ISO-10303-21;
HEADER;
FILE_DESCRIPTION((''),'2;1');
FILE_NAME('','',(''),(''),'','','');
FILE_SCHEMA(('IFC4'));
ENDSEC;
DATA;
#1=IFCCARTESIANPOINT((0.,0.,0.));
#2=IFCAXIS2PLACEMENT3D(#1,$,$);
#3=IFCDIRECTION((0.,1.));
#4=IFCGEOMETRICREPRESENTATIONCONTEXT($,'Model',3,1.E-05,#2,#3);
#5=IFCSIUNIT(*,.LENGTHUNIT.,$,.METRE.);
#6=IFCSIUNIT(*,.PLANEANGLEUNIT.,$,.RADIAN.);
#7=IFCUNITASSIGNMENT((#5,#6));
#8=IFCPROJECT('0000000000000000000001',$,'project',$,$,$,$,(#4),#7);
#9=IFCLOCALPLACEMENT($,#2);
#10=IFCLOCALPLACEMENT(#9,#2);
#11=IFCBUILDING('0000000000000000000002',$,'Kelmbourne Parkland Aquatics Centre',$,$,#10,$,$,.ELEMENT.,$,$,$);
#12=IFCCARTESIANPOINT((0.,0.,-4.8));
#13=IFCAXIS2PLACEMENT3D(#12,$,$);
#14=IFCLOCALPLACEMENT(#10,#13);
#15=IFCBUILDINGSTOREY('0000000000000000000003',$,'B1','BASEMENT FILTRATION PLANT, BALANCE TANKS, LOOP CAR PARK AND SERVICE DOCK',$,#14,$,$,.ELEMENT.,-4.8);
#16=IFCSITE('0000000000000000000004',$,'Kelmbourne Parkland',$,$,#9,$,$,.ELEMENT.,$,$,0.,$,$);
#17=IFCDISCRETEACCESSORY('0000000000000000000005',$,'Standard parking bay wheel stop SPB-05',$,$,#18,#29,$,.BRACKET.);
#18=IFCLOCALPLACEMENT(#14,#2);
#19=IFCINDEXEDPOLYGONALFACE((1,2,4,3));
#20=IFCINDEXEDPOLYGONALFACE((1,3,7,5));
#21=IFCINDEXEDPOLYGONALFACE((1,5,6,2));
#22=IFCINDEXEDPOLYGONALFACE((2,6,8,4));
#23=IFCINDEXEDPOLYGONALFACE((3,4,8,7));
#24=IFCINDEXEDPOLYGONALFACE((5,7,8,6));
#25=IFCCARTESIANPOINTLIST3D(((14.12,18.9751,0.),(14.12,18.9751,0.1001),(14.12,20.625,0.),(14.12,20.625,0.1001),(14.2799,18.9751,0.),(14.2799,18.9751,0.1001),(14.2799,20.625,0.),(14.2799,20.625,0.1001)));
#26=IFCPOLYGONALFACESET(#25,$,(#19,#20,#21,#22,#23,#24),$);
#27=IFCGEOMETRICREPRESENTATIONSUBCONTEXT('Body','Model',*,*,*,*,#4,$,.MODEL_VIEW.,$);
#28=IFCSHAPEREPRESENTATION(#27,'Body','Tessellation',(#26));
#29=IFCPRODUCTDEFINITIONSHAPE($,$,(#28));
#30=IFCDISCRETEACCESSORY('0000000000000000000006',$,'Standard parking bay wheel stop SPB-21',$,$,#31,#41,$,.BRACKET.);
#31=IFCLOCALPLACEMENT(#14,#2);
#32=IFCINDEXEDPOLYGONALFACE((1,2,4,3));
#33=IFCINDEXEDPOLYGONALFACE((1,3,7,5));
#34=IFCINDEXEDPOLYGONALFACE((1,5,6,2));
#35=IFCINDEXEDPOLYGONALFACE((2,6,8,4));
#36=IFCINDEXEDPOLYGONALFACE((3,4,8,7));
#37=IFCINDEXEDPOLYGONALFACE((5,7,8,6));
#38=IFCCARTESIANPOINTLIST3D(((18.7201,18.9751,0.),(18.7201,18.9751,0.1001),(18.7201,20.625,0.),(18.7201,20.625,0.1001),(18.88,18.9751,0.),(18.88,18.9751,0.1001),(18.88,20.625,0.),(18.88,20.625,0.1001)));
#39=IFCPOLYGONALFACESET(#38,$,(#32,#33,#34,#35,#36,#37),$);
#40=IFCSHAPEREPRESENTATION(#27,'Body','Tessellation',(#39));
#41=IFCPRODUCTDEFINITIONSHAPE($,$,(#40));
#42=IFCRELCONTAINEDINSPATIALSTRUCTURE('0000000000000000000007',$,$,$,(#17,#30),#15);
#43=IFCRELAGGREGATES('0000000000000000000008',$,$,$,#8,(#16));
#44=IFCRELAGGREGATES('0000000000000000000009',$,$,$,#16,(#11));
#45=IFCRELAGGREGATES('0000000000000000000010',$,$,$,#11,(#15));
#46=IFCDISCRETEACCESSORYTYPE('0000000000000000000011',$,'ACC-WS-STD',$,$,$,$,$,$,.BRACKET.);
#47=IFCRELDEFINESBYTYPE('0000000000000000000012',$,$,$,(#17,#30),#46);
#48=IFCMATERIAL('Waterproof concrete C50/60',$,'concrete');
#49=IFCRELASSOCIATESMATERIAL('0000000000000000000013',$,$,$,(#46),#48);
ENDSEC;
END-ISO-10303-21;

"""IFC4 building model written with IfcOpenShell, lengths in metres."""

from ifc_helpers import new_model, si_unit, direction, frame, origin, origin_2d, place, context, subcontext, project, spatial, rectangle, extrude, material, type_object, element, save


model = new_model("IFC4")

# Units and contexts
model_context = context("Model", 3, precision=1e-05, world=origin(), true_north=direction((0.0, 1.0)))
body_context = subcontext(model_context, "Body", "Model", "MODEL_VIEW")
ifc_project = project(units=[si_unit("LENGTHUNIT", "METRE"), si_unit("PLANEANGLEUNIT", "RADIAN")], contexts=[model_context])

# Site, building, storey
site_placement = place(None, origin())
site = spatial("IfcSite", under=ifc_project, at=site_placement, Name="Kelmbourne Parkland", CompositionType="ELEMENT", RefElevation=0.0)
building_placement = place(site_placement, origin())
building = spatial("IfcBuilding", under=site, at=building_placement, Name="Kelmbourne Parkland Aquatics Centre", CompositionType="ELEMENT")
storey_placement = place(building_placement, frame((0.0, 0.0, -4.8)))
storey = spatial("IfcBuildingStorey", under=building, at=storey_placement, Name="B1", Description="BASEMENT FILTRATION PLANT, BALANCE TANKS, LOOP CAR PARK AND SERVICE DOCK", CompositionType="ELEMENT", Elevation=-4.8)

# Shared definitions
ifc_material_1 = material(Name="Waterproof concrete C50/60", Category="concrete")

# Discrete accessories
discrete_accessory_type = type_object("IfcDiscreteAccessoryType", Name="ACC-WS-STD", PredefinedType="BRACKET", material=ifc_material_1)
for number, where, z_axis, x_axis, name in (
    (1, (14.2, 19.8, 0.0), (0.0, 0.0, 1.0), (1.0, 0.0, 0.0), "Standard parking bay wheel stop SPB-05"),
    (2, (18.8, 19.8, 0.0), (0.0, 0.0, 1.0), (1.0, 0.0, 0.0), "Standard parking bay wheel stop SPB-21"),
):
    element("IfcDiscreteAccessory", number, at=place(storey_placement, frame(where, z_axis=z_axis, x_axis=x_axis)), inside=storey, type_object=discrete_accessory_type, Name=name, PredefinedType="BRACKET", context=body_context, shape_type="SweptSolid", body=[
        extrude(rectangle(XDim=0.1599, YDim=1.6499, at=origin_2d()), origin(), (0.0, 0.0, 1.0), 0.1001),
    ])

save(model, "model.ifc")
